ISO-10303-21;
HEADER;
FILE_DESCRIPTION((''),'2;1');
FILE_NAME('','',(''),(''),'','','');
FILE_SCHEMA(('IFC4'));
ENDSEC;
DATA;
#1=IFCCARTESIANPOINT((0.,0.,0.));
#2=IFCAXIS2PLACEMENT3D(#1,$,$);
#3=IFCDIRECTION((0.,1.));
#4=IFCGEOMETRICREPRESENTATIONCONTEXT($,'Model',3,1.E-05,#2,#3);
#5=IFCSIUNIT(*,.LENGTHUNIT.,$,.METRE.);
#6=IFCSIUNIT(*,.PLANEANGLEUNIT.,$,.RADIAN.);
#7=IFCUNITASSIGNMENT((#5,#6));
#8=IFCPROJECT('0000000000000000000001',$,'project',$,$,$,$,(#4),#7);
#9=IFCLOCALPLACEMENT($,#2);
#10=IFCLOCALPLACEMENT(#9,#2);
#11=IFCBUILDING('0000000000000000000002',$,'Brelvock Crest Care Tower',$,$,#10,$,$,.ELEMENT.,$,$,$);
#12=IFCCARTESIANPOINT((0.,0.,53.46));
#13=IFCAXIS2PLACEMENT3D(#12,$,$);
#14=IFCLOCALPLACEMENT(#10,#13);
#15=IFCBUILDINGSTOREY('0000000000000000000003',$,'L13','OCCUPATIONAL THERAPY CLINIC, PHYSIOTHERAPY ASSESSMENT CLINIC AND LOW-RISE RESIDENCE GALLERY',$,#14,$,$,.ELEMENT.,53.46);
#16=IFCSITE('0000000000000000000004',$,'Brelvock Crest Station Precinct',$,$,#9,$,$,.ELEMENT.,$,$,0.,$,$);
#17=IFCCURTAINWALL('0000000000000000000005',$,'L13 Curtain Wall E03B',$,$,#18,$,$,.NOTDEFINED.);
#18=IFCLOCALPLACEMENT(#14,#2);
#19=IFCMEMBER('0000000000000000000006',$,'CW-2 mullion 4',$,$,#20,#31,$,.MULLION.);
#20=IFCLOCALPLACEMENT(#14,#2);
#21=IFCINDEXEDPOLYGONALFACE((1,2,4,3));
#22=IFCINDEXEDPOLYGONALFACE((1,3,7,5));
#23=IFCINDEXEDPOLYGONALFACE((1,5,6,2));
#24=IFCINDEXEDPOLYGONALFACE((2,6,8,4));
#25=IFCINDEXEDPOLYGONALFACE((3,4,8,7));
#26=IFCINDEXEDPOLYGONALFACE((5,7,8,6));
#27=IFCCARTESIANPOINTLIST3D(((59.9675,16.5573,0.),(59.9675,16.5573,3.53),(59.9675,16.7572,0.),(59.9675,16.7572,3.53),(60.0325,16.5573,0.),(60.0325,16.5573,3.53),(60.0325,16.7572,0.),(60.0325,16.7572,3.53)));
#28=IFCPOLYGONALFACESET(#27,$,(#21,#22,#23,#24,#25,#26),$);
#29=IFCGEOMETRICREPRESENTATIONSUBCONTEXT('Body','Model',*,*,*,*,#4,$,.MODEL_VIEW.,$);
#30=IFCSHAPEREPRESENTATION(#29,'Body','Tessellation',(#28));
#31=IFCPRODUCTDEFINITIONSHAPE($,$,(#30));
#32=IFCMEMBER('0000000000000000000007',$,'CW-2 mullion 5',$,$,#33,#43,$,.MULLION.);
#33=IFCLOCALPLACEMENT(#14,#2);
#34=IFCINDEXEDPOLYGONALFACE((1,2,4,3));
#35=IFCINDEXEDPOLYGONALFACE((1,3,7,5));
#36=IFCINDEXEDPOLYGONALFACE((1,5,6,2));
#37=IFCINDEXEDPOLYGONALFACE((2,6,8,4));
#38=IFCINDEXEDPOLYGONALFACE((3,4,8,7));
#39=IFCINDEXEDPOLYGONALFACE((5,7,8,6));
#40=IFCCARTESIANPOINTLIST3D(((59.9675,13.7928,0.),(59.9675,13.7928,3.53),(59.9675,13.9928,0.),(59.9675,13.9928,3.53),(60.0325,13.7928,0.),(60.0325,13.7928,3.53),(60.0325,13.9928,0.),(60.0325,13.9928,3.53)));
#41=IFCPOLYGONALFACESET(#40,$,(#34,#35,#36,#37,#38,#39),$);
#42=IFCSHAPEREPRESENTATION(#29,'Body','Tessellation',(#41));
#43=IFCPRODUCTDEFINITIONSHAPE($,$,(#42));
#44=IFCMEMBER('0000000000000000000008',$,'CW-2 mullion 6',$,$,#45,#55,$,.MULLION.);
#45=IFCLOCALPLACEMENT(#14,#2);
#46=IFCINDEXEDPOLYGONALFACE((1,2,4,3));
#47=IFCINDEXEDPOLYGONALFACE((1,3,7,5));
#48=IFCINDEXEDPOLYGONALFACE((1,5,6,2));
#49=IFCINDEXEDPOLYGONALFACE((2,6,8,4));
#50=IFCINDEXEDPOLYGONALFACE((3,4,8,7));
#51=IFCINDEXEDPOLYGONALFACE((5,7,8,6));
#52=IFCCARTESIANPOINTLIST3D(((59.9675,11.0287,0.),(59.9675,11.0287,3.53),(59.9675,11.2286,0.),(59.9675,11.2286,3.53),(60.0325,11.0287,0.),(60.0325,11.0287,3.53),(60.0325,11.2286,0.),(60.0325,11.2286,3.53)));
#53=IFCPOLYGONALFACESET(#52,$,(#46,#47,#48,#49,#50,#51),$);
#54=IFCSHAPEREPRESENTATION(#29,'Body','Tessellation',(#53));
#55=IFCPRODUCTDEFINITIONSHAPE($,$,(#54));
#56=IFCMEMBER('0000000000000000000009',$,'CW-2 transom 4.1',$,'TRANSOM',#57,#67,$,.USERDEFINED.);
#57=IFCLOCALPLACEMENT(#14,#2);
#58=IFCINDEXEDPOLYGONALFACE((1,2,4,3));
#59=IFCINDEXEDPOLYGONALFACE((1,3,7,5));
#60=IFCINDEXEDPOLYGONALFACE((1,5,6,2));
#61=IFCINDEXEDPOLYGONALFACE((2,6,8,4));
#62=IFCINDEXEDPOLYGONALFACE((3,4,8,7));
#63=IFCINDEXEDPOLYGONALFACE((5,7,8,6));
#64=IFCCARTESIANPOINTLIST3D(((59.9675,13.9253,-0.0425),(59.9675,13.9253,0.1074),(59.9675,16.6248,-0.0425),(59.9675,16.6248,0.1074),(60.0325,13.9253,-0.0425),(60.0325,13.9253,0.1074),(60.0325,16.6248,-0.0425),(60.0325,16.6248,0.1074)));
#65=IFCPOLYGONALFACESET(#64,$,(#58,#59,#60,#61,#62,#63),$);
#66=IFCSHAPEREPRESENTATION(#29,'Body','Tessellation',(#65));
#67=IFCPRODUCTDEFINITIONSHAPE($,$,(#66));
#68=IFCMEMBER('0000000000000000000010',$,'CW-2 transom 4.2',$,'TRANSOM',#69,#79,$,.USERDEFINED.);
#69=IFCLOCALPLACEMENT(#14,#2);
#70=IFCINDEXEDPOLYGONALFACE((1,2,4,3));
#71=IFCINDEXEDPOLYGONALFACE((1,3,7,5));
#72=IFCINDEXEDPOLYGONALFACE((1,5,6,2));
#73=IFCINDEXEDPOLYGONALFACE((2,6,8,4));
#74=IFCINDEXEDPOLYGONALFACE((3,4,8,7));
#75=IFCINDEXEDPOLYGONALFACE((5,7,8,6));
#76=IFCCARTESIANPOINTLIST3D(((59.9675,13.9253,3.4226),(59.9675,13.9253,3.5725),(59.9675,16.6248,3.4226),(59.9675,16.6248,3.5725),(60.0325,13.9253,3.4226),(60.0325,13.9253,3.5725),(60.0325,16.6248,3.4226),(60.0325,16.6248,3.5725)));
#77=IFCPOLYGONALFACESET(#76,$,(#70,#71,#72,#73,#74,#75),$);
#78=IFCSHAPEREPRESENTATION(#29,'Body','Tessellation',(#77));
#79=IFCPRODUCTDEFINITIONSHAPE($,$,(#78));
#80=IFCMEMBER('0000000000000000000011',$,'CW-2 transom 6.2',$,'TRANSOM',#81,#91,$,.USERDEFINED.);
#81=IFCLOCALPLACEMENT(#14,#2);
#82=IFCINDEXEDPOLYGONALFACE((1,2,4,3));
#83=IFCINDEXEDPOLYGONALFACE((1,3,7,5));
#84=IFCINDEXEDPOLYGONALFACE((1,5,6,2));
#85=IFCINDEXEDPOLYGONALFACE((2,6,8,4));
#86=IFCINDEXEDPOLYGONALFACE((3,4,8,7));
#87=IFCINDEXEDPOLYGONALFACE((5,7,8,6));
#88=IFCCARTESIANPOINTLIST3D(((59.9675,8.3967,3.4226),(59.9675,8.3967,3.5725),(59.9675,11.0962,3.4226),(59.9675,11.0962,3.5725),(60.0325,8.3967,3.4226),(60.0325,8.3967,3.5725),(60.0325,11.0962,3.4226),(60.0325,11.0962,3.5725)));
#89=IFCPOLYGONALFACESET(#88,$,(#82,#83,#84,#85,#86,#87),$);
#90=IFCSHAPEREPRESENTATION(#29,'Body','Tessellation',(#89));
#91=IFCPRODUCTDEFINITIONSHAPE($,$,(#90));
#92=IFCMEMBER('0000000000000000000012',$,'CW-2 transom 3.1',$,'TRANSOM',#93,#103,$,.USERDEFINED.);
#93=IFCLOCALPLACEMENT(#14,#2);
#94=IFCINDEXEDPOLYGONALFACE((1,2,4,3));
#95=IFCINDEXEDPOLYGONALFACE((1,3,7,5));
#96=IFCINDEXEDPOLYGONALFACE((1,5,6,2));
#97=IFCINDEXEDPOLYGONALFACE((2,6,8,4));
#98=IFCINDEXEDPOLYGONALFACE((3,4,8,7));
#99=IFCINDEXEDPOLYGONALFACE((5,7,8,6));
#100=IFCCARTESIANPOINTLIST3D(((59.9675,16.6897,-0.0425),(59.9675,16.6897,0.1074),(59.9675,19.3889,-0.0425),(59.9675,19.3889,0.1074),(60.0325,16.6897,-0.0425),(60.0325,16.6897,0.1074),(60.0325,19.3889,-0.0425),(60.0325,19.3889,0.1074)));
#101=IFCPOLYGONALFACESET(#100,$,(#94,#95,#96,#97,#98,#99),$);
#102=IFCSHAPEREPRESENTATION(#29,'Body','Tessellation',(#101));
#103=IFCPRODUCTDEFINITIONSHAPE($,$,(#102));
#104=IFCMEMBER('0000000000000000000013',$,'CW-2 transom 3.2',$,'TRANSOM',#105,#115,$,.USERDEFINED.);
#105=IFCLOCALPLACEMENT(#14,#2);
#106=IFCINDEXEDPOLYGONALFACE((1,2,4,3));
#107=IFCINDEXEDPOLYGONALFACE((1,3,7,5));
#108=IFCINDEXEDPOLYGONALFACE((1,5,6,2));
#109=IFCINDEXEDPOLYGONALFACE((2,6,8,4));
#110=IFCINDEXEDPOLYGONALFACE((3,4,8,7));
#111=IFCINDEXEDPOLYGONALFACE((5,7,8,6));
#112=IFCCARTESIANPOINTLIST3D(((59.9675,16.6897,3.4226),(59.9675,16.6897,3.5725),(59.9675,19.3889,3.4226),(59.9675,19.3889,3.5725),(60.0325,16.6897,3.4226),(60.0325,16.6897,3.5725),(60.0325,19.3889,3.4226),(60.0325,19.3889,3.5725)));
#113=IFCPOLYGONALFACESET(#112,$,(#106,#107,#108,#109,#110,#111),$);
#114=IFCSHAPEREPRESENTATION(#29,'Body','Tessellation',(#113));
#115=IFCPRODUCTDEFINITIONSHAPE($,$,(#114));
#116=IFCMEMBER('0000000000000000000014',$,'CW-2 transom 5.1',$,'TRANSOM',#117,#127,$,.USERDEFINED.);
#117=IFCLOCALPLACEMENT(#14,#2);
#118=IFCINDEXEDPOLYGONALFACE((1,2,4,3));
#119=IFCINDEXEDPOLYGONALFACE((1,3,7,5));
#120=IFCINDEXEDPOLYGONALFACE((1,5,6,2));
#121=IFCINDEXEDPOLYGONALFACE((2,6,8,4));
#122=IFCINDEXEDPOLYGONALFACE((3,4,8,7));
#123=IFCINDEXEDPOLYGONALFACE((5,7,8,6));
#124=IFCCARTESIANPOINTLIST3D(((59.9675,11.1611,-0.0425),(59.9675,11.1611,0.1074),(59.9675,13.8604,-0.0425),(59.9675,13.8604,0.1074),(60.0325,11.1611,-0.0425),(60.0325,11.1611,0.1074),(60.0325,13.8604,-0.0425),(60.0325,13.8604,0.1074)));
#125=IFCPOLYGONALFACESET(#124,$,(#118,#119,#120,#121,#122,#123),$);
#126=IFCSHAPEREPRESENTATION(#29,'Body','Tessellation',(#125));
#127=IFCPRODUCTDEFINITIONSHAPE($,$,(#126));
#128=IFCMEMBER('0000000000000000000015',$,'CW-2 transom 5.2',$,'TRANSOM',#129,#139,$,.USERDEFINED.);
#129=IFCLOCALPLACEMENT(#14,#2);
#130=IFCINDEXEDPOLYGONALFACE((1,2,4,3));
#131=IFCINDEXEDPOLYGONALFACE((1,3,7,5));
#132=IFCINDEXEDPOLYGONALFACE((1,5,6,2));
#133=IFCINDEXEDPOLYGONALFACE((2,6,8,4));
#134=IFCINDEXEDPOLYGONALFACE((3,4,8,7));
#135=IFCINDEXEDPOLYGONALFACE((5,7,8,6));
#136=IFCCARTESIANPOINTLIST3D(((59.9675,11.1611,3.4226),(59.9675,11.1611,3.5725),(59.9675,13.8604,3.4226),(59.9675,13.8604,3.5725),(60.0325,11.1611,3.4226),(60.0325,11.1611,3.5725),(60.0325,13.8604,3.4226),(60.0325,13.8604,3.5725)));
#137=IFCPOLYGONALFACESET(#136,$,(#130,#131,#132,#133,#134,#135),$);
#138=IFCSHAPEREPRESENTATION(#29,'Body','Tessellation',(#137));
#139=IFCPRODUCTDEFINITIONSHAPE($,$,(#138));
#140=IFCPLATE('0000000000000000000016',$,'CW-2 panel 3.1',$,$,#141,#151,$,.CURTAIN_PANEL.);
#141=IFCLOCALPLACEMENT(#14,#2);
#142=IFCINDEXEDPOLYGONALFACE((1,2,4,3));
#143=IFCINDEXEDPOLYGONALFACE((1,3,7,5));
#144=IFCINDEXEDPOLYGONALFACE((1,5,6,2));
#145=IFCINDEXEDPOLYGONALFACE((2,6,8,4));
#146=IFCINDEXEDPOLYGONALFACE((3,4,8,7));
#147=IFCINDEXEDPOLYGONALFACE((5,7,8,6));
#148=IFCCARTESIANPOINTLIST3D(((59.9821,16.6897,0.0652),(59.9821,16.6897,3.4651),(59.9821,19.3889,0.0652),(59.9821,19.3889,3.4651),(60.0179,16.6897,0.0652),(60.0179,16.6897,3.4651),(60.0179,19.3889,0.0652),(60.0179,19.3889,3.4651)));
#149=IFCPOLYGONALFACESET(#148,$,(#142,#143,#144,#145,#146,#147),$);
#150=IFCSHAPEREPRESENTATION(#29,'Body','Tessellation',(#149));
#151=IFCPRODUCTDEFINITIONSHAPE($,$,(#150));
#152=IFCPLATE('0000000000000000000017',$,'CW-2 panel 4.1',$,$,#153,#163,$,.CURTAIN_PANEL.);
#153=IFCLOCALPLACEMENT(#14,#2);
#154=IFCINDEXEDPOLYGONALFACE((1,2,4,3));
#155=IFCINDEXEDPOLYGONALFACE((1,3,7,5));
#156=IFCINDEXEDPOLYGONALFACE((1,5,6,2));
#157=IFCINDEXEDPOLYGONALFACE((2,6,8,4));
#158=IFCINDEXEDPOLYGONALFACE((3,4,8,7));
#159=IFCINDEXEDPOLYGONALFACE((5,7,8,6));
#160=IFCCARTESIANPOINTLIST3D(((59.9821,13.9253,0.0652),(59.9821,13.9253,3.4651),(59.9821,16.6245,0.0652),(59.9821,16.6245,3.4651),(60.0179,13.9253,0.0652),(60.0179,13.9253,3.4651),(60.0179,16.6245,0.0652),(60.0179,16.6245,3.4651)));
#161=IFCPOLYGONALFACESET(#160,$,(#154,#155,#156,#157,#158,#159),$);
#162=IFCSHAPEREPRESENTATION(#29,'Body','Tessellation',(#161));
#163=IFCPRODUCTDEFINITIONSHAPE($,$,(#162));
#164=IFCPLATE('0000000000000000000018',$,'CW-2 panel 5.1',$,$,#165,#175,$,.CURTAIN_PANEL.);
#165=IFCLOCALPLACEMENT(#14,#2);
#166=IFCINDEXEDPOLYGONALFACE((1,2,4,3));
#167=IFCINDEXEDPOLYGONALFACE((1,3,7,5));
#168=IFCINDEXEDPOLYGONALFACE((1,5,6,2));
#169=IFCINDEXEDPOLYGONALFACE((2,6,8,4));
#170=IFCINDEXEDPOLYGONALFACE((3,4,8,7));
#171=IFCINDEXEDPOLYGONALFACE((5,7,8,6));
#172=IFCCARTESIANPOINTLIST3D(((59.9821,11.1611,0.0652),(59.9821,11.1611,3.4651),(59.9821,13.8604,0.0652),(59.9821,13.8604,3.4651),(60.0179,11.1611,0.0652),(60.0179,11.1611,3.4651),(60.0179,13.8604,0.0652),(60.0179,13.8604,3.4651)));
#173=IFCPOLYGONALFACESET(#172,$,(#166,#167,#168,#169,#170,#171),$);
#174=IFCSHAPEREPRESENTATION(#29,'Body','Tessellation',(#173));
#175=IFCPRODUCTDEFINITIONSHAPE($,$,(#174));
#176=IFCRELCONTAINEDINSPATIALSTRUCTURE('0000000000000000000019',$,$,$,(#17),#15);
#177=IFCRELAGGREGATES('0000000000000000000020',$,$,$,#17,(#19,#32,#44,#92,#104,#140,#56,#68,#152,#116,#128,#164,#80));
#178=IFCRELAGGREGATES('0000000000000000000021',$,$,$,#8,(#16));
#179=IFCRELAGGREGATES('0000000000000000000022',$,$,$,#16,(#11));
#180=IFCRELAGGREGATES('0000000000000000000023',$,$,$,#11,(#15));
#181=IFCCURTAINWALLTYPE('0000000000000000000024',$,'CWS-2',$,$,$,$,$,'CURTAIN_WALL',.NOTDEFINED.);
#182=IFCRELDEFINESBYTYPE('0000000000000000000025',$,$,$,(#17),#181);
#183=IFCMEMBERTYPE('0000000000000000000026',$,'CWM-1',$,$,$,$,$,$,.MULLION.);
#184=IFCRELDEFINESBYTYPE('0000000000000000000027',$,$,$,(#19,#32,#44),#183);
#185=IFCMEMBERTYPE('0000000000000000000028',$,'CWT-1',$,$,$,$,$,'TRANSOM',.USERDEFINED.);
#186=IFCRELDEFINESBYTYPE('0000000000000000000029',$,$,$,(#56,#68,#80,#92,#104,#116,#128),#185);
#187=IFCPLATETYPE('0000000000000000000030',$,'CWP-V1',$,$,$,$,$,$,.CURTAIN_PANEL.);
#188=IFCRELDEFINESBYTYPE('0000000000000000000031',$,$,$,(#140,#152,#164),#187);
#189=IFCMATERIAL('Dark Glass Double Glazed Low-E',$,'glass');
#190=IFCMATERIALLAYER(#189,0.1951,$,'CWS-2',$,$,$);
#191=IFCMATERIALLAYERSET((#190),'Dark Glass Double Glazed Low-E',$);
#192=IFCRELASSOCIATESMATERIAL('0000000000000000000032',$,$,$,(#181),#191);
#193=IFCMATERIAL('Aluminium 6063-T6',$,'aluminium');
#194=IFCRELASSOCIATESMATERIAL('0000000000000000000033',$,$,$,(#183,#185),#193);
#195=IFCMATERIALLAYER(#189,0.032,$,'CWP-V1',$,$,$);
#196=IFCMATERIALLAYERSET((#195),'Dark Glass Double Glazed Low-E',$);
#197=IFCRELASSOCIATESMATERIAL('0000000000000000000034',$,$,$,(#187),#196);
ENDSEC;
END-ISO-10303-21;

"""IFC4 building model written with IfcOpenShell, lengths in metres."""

from ifc_helpers import new_model, si_unit, direction, frame, origin, origin_2d, place, context, subcontext, project, spatial, rectangle, extrude, source, transform, mapped, material, layer, layer_set, material_profile, profile_set, type_object, element, aggregate, save


model = new_model("IFC4")

# Units and contexts
model_context = context("Model", 3, precision=1e-05, world=origin(), true_north=direction((0.0, 1.0)))
body_context = subcontext(model_context, "Body", "Model", "MODEL_VIEW")
ifc_project = project(units=[si_unit("LENGTHUNIT", "METRE"), si_unit("PLANEANGLEUNIT", "RADIAN")], contexts=[model_context])

# Site, building, storey
site_placement = place(None, origin())
site = spatial("IfcSite", under=ifc_project, at=site_placement, Name="Brelvock Crest Station Precinct", CompositionType="ELEMENT", RefElevation=0.0)
building_placement = place(site_placement, origin())
building = spatial("IfcBuilding", under=site, at=building_placement, Name="Brelvock Crest Care Tower", CompositionType="ELEMENT")
storey_placement = place(building_placement, frame((0.0, 0.0, 53.46)))
storey = spatial("IfcBuildingStorey", under=building, at=storey_placement, Name="L13", Description="OCCUPATIONAL THERAPY CLINIC, PHYSIOTHERAPY ASSESSMENT CLINIC AND LOW-RISE RESIDENCE GALLERY", CompositionType="ELEMENT", Elevation=53.46)

# Curtain wall, members, plates
ifc_material_1 = material(Name="Dark Glass Double Glazed Low-E", Category="glass")
ifc_layer_1 = layer(ifc_material_1, 0.1951, Name="CWS-2")
ifc_layer_set_1 = layer_set([ifc_layer_1], Name="Dark Glass Double Glazed Low-E")
curtain_wall_type = type_object("IfcCurtainWallType", Name="CWS-2", ElementType="CURTAIN_WALL", PredefinedType="NOTDEFINED", material=ifc_layer_set_1)
curtain_wall_placement = place(storey_placement, origin())
curtain_wall = element("IfcCurtainWall", 1, at=curtain_wall_placement, inside=storey, type_object=curtain_wall_type, Name="L13 Curtain Wall E03B", PredefinedType="NOTDEFINED")
ifc_material_2 = material(Name="Aluminium 6063-T6", Category="aluminium")
ifc_material_profile_1 = material_profile(ifc_material_2, rectangle(XDim=0.0649, YDim=0.2, at=origin_2d()), Name="ALU65x200")
ifc_profile_set_1 = profile_set([ifc_material_profile_1], Name="Aluminium 6063-T6")
member_type_1 = type_object("IfcMemberType", Name="CWM-1", PredefinedType="MULLION", material=ifc_profile_set_1)
shared_shape_1 = source(origin(), body_context, "Body", "SweptSolid", [
    extrude(rectangle(XDim=0.0649, YDim=0.2, at=origin_2d()), origin(), (0.0, 0.0, 1.0), 3.53),
])
member_1_placement = place(storey_placement, frame((60.0, 16.6572, 0.0), z_axis=(0.0, 0.0, 1.0), x_axis=(1.0, 0.0, 0.0)))
member_1 = element("IfcMember", 2, at=member_1_placement, type_object=member_type_1, Name="CW-2 mullion 4", PredefinedType="MULLION", context=body_context, shape_type="MappedRepresentation", body=[
    mapped(shared_shape_1, transform((0.0, 0.0, 0.0), x_axis=(1.0, 0.0, 0.0), y_axis=(0.0, 1.0, 0.0), z_axis=(0.0, 0.0, 1.0), scale=1.0)),
])
member_2_placement = place(storey_placement, frame((60.0, 13.8928, 0.0), z_axis=(0.0, 0.0, 1.0), x_axis=(1.0, 0.0, 0.0)))
member_2 = element("IfcMember", 3, at=member_2_placement, type_object=member_type_1, Name="CW-2 mullion 5", PredefinedType="MULLION", context=body_context, shape_type="MappedRepresentation", body=[
    mapped(shared_shape_1, transform((0.0, 0.0, 0.0), x_axis=(1.0, 0.0, 0.0), y_axis=(0.0, 1.0, 0.0), z_axis=(0.0, 0.0, 1.0), scale=1.0)),
])
member_3_placement = place(storey_placement, frame((60.0, 11.1287, 0.0), z_axis=(0.0, 0.0, 1.0), x_axis=(1.0, 0.0, 0.0)))
member_3 = element("IfcMember", 4, at=member_3_placement, type_object=member_type_1, Name="CW-2 mullion 6", PredefinedType="MULLION", context=body_context, shape_type="MappedRepresentation", body=[
    mapped(shared_shape_1, transform((0.0, 0.0, 0.0), x_axis=(1.0, 0.0, 0.0), y_axis=(0.0, 1.0, 0.0), z_axis=(0.0, 0.0, 1.0), scale=1.0)),
])
ifc_material_profile_2 = material_profile(ifc_material_2, rectangle(XDim=0.0649, YDim=0.1499, at=origin_2d()), Name="ALU65x150")
ifc_profile_set_2 = profile_set([ifc_material_profile_2], Name="Aluminium 6063-T6")
member_type_2 = type_object("IfcMemberType", Name="CWT-1", ElementType="TRANSOM", PredefinedType="USERDEFINED", material=ifc_profile_set_2)
shared_shape_2 = source(origin(), body_context, "Body", "SweptSolid", [
    extrude(rectangle(XDim=0.0649, YDim=0.1499, at=origin_2d()), origin(), (0.0, 0.0, 1.0), 2.6995),
])
member_4_placement = place(storey_placement, frame((60.0, 16.6248, 0.0325), z_axis=(0.0, -1.0, 0.0), x_axis=(1.0, 0.0, 0.0)))
member_4 = element("IfcMember", 5, at=member_4_placement, type_object=member_type_2, Name="CW-2 transom 4.1", ObjectType="TRANSOM", PredefinedType="USERDEFINED", context=body_context, shape_type="MappedRepresentation", body=[
    mapped(shared_shape_2, transform((0.0, 0.0, 0.0), x_axis=(1.0, 0.0, 0.0), y_axis=(0.0, 1.0, 0.0), z_axis=(0.0, 0.0, 1.0), scale=1.0)),
])
member_5_placement = place(storey_placement, frame((60.0, 16.6248, 3.4976), z_axis=(0.0, -1.0, 0.0), x_axis=(1.0, 0.0, 0.0)))
member_5 = element("IfcMember", 6, at=member_5_placement, type_object=member_type_2, Name="CW-2 transom 4.2", ObjectType="TRANSOM", PredefinedType="USERDEFINED", context=body_context, shape_type="MappedRepresentation", body=[
    mapped(shared_shape_2, transform((0.0, 0.0, 0.0), x_axis=(1.0, 0.0, 0.0), y_axis=(0.0, 1.0, 0.0), z_axis=(0.0, 0.0, 1.0), scale=1.0)),
])
member_6_placement = place(storey_placement, frame((60.0, 11.0962, 3.4976), z_axis=(0.0, -1.0, 0.0), x_axis=(1.0, 0.0, 0.0)))
member_6 = element("IfcMember", 7, at=member_6_placement, type_object=member_type_2, Name="CW-2 transom 6.2", ObjectType="TRANSOM", PredefinedType="USERDEFINED", context=body_context, shape_type="MappedRepresentation", body=[
    mapped(shared_shape_2, transform((0.0, 0.0, 0.0), x_axis=(1.0, 0.0, 0.0), y_axis=(0.0, 1.0, 0.0), z_axis=(0.0, 0.0, 1.0), scale=1.0)),
])
shared_shape_3 = source(origin(), body_context, "Body", "SweptSolid", [
    extrude(rectangle(XDim=0.0649, YDim=0.1499, at=origin_2d()), origin(), (0.0, 0.0, 1.0), 2.6992),
])
member_7_placement = place(storey_placement, frame((60.0, 19.3889, 0.0325), z_axis=(0.0, -1.0, 0.0), x_axis=(1.0, 0.0, 0.0)))
member_7 = element("IfcMember", 8, at=member_7_placement, type_object=member_type_2, Name="CW-2 transom 3.1", ObjectType="TRANSOM", PredefinedType="USERDEFINED", context=body_context, shape_type="MappedRepresentation", body=[
    mapped(shared_shape_3, transform((0.0, 0.0, 0.0), x_axis=(1.0, 0.0, 0.0), y_axis=(0.0, 1.0, 0.0), z_axis=(0.0, 0.0, 1.0), scale=1.0)),
])
member_8_placement = place(storey_placement, frame((60.0, 19.3889, 3.4976), z_axis=(0.0, -1.0, 0.0), x_axis=(1.0, 0.0, 0.0)))
member_8 = element("IfcMember", 9, at=member_8_placement, type_object=member_type_2, Name="CW-2 transom 3.2", ObjectType="TRANSOM", PredefinedType="USERDEFINED", context=body_context, shape_type="MappedRepresentation", body=[
    mapped(shared_shape_3, transform((0.0, 0.0, 0.0), x_axis=(1.0, 0.0, 0.0), y_axis=(0.0, 1.0, 0.0), z_axis=(0.0, 0.0, 1.0), scale=1.0)),
])
member_9_placement = place(storey_placement, frame((60.0, 13.8604, 0.0325), z_axis=(0.0, -1.0, 0.0), x_axis=(1.0, 0.0, 0.0)))
member_9 = element("IfcMember", 10, at=member_9_placement, type_object=member_type_2, Name="CW-2 transom 5.1", ObjectType="TRANSOM", PredefinedType="USERDEFINED", context=body_context, shape_type="MappedRepresentation", body=[
    mapped(shared_shape_3, transform((0.0, 0.0, 0.0), x_axis=(1.0, 0.0, 0.0), y_axis=(0.0, 1.0, 0.0), z_axis=(0.0, 0.0, 1.0), scale=1.0)),
])
member_10_placement = place(storey_placement, frame((60.0, 13.8604, 3.4976), z_axis=(0.0, -1.0, 0.0), x_axis=(1.0, 0.0, 0.0)))
member_10 = element("IfcMember", 11, at=member_10_placement, type_object=member_type_2, Name="CW-2 transom 5.2", ObjectType="TRANSOM", PredefinedType="USERDEFINED", context=body_context, shape_type="MappedRepresentation", body=[
    mapped(shared_shape_3, transform((0.0, 0.0, 0.0), x_axis=(1.0, 0.0, 0.0), y_axis=(0.0, 1.0, 0.0), z_axis=(0.0, 0.0, 1.0), scale=1.0)),
])
ifc_layer_2 = layer(ifc_material_1, 0.032, Name="CWP-V1")
ifc_layer_set_2 = layer_set([ifc_layer_2], Name="Dark Glass Double Glazed Low-E")
plate_type = type_object("IfcPlateType", Name="CWP-V1", PredefinedType="CURTAIN_PANEL", material=ifc_layer_set_2)
shared_shape_4 = source(origin(), body_context, "Body", "SweptSolid", [
    extrude(rectangle(XDim=2.6992, YDim=0.0359, at=origin_2d()), origin(), (0.0, 0.0, 1.0), 3.3999),
])
plate_1_placement = place(storey_placement, frame((60.0, 18.0393, 0.0652), z_axis=(0.0, 0.0, 1.0), x_axis=(0.0, -1.0, 0.0)))
plate_1 = element("IfcPlate", 12, at=plate_1_placement, type_object=plate_type, Name="CW-2 panel 3.1", PredefinedType="CURTAIN_PANEL", context=body_context, shape_type="MappedRepresentation", body=[
    mapped(shared_shape_4, transform((0.0, 0.0, 0.0), x_axis=(1.0, 0.0, 0.0), y_axis=(0.0, 1.0, 0.0), z_axis=(0.0, 0.0, 1.0), scale=1.0)),
])
plate_2_placement = place(storey_placement, frame((60.0, 15.2749, 0.0652), z_axis=(0.0, 0.0, 1.0), x_axis=(0.0, -1.0, 0.0)))
plate_2 = element("IfcPlate", 13, at=plate_2_placement, type_object=plate_type, Name="CW-2 panel 4.1", PredefinedType="CURTAIN_PANEL", context=body_context, shape_type="MappedRepresentation", body=[
    mapped(shared_shape_4, transform((0.0, 0.0, 0.0), x_axis=(1.0, 0.0, 0.0), y_axis=(0.0, 1.0, 0.0), z_axis=(0.0, 0.0, 1.0), scale=1.0)),
])
plate_3_placement = place(storey_placement, frame((60.0, 12.5107, 0.0652), z_axis=(0.0, 0.0, 1.0), x_axis=(0.0, -1.0, 0.0)))
plate_3 = element("IfcPlate", 14, at=plate_3_placement, type_object=plate_type, Name="CW-2 panel 5.1", PredefinedType="CURTAIN_PANEL", context=body_context, shape_type="MappedRepresentation", body=[
    mapped(shared_shape_4, transform((0.0, 0.0, 0.0), x_axis=(1.0, 0.0, 0.0), y_axis=(0.0, 1.0, 0.0), z_axis=(0.0, 0.0, 1.0), scale=1.0)),
])
aggregate(curtain_wall, [member_1, member_2, member_3, member_7, member_8, plate_1, member_4, member_5, plate_2, member_9, member_10, plate_3, member_6])

save(model, "model.ifc")
